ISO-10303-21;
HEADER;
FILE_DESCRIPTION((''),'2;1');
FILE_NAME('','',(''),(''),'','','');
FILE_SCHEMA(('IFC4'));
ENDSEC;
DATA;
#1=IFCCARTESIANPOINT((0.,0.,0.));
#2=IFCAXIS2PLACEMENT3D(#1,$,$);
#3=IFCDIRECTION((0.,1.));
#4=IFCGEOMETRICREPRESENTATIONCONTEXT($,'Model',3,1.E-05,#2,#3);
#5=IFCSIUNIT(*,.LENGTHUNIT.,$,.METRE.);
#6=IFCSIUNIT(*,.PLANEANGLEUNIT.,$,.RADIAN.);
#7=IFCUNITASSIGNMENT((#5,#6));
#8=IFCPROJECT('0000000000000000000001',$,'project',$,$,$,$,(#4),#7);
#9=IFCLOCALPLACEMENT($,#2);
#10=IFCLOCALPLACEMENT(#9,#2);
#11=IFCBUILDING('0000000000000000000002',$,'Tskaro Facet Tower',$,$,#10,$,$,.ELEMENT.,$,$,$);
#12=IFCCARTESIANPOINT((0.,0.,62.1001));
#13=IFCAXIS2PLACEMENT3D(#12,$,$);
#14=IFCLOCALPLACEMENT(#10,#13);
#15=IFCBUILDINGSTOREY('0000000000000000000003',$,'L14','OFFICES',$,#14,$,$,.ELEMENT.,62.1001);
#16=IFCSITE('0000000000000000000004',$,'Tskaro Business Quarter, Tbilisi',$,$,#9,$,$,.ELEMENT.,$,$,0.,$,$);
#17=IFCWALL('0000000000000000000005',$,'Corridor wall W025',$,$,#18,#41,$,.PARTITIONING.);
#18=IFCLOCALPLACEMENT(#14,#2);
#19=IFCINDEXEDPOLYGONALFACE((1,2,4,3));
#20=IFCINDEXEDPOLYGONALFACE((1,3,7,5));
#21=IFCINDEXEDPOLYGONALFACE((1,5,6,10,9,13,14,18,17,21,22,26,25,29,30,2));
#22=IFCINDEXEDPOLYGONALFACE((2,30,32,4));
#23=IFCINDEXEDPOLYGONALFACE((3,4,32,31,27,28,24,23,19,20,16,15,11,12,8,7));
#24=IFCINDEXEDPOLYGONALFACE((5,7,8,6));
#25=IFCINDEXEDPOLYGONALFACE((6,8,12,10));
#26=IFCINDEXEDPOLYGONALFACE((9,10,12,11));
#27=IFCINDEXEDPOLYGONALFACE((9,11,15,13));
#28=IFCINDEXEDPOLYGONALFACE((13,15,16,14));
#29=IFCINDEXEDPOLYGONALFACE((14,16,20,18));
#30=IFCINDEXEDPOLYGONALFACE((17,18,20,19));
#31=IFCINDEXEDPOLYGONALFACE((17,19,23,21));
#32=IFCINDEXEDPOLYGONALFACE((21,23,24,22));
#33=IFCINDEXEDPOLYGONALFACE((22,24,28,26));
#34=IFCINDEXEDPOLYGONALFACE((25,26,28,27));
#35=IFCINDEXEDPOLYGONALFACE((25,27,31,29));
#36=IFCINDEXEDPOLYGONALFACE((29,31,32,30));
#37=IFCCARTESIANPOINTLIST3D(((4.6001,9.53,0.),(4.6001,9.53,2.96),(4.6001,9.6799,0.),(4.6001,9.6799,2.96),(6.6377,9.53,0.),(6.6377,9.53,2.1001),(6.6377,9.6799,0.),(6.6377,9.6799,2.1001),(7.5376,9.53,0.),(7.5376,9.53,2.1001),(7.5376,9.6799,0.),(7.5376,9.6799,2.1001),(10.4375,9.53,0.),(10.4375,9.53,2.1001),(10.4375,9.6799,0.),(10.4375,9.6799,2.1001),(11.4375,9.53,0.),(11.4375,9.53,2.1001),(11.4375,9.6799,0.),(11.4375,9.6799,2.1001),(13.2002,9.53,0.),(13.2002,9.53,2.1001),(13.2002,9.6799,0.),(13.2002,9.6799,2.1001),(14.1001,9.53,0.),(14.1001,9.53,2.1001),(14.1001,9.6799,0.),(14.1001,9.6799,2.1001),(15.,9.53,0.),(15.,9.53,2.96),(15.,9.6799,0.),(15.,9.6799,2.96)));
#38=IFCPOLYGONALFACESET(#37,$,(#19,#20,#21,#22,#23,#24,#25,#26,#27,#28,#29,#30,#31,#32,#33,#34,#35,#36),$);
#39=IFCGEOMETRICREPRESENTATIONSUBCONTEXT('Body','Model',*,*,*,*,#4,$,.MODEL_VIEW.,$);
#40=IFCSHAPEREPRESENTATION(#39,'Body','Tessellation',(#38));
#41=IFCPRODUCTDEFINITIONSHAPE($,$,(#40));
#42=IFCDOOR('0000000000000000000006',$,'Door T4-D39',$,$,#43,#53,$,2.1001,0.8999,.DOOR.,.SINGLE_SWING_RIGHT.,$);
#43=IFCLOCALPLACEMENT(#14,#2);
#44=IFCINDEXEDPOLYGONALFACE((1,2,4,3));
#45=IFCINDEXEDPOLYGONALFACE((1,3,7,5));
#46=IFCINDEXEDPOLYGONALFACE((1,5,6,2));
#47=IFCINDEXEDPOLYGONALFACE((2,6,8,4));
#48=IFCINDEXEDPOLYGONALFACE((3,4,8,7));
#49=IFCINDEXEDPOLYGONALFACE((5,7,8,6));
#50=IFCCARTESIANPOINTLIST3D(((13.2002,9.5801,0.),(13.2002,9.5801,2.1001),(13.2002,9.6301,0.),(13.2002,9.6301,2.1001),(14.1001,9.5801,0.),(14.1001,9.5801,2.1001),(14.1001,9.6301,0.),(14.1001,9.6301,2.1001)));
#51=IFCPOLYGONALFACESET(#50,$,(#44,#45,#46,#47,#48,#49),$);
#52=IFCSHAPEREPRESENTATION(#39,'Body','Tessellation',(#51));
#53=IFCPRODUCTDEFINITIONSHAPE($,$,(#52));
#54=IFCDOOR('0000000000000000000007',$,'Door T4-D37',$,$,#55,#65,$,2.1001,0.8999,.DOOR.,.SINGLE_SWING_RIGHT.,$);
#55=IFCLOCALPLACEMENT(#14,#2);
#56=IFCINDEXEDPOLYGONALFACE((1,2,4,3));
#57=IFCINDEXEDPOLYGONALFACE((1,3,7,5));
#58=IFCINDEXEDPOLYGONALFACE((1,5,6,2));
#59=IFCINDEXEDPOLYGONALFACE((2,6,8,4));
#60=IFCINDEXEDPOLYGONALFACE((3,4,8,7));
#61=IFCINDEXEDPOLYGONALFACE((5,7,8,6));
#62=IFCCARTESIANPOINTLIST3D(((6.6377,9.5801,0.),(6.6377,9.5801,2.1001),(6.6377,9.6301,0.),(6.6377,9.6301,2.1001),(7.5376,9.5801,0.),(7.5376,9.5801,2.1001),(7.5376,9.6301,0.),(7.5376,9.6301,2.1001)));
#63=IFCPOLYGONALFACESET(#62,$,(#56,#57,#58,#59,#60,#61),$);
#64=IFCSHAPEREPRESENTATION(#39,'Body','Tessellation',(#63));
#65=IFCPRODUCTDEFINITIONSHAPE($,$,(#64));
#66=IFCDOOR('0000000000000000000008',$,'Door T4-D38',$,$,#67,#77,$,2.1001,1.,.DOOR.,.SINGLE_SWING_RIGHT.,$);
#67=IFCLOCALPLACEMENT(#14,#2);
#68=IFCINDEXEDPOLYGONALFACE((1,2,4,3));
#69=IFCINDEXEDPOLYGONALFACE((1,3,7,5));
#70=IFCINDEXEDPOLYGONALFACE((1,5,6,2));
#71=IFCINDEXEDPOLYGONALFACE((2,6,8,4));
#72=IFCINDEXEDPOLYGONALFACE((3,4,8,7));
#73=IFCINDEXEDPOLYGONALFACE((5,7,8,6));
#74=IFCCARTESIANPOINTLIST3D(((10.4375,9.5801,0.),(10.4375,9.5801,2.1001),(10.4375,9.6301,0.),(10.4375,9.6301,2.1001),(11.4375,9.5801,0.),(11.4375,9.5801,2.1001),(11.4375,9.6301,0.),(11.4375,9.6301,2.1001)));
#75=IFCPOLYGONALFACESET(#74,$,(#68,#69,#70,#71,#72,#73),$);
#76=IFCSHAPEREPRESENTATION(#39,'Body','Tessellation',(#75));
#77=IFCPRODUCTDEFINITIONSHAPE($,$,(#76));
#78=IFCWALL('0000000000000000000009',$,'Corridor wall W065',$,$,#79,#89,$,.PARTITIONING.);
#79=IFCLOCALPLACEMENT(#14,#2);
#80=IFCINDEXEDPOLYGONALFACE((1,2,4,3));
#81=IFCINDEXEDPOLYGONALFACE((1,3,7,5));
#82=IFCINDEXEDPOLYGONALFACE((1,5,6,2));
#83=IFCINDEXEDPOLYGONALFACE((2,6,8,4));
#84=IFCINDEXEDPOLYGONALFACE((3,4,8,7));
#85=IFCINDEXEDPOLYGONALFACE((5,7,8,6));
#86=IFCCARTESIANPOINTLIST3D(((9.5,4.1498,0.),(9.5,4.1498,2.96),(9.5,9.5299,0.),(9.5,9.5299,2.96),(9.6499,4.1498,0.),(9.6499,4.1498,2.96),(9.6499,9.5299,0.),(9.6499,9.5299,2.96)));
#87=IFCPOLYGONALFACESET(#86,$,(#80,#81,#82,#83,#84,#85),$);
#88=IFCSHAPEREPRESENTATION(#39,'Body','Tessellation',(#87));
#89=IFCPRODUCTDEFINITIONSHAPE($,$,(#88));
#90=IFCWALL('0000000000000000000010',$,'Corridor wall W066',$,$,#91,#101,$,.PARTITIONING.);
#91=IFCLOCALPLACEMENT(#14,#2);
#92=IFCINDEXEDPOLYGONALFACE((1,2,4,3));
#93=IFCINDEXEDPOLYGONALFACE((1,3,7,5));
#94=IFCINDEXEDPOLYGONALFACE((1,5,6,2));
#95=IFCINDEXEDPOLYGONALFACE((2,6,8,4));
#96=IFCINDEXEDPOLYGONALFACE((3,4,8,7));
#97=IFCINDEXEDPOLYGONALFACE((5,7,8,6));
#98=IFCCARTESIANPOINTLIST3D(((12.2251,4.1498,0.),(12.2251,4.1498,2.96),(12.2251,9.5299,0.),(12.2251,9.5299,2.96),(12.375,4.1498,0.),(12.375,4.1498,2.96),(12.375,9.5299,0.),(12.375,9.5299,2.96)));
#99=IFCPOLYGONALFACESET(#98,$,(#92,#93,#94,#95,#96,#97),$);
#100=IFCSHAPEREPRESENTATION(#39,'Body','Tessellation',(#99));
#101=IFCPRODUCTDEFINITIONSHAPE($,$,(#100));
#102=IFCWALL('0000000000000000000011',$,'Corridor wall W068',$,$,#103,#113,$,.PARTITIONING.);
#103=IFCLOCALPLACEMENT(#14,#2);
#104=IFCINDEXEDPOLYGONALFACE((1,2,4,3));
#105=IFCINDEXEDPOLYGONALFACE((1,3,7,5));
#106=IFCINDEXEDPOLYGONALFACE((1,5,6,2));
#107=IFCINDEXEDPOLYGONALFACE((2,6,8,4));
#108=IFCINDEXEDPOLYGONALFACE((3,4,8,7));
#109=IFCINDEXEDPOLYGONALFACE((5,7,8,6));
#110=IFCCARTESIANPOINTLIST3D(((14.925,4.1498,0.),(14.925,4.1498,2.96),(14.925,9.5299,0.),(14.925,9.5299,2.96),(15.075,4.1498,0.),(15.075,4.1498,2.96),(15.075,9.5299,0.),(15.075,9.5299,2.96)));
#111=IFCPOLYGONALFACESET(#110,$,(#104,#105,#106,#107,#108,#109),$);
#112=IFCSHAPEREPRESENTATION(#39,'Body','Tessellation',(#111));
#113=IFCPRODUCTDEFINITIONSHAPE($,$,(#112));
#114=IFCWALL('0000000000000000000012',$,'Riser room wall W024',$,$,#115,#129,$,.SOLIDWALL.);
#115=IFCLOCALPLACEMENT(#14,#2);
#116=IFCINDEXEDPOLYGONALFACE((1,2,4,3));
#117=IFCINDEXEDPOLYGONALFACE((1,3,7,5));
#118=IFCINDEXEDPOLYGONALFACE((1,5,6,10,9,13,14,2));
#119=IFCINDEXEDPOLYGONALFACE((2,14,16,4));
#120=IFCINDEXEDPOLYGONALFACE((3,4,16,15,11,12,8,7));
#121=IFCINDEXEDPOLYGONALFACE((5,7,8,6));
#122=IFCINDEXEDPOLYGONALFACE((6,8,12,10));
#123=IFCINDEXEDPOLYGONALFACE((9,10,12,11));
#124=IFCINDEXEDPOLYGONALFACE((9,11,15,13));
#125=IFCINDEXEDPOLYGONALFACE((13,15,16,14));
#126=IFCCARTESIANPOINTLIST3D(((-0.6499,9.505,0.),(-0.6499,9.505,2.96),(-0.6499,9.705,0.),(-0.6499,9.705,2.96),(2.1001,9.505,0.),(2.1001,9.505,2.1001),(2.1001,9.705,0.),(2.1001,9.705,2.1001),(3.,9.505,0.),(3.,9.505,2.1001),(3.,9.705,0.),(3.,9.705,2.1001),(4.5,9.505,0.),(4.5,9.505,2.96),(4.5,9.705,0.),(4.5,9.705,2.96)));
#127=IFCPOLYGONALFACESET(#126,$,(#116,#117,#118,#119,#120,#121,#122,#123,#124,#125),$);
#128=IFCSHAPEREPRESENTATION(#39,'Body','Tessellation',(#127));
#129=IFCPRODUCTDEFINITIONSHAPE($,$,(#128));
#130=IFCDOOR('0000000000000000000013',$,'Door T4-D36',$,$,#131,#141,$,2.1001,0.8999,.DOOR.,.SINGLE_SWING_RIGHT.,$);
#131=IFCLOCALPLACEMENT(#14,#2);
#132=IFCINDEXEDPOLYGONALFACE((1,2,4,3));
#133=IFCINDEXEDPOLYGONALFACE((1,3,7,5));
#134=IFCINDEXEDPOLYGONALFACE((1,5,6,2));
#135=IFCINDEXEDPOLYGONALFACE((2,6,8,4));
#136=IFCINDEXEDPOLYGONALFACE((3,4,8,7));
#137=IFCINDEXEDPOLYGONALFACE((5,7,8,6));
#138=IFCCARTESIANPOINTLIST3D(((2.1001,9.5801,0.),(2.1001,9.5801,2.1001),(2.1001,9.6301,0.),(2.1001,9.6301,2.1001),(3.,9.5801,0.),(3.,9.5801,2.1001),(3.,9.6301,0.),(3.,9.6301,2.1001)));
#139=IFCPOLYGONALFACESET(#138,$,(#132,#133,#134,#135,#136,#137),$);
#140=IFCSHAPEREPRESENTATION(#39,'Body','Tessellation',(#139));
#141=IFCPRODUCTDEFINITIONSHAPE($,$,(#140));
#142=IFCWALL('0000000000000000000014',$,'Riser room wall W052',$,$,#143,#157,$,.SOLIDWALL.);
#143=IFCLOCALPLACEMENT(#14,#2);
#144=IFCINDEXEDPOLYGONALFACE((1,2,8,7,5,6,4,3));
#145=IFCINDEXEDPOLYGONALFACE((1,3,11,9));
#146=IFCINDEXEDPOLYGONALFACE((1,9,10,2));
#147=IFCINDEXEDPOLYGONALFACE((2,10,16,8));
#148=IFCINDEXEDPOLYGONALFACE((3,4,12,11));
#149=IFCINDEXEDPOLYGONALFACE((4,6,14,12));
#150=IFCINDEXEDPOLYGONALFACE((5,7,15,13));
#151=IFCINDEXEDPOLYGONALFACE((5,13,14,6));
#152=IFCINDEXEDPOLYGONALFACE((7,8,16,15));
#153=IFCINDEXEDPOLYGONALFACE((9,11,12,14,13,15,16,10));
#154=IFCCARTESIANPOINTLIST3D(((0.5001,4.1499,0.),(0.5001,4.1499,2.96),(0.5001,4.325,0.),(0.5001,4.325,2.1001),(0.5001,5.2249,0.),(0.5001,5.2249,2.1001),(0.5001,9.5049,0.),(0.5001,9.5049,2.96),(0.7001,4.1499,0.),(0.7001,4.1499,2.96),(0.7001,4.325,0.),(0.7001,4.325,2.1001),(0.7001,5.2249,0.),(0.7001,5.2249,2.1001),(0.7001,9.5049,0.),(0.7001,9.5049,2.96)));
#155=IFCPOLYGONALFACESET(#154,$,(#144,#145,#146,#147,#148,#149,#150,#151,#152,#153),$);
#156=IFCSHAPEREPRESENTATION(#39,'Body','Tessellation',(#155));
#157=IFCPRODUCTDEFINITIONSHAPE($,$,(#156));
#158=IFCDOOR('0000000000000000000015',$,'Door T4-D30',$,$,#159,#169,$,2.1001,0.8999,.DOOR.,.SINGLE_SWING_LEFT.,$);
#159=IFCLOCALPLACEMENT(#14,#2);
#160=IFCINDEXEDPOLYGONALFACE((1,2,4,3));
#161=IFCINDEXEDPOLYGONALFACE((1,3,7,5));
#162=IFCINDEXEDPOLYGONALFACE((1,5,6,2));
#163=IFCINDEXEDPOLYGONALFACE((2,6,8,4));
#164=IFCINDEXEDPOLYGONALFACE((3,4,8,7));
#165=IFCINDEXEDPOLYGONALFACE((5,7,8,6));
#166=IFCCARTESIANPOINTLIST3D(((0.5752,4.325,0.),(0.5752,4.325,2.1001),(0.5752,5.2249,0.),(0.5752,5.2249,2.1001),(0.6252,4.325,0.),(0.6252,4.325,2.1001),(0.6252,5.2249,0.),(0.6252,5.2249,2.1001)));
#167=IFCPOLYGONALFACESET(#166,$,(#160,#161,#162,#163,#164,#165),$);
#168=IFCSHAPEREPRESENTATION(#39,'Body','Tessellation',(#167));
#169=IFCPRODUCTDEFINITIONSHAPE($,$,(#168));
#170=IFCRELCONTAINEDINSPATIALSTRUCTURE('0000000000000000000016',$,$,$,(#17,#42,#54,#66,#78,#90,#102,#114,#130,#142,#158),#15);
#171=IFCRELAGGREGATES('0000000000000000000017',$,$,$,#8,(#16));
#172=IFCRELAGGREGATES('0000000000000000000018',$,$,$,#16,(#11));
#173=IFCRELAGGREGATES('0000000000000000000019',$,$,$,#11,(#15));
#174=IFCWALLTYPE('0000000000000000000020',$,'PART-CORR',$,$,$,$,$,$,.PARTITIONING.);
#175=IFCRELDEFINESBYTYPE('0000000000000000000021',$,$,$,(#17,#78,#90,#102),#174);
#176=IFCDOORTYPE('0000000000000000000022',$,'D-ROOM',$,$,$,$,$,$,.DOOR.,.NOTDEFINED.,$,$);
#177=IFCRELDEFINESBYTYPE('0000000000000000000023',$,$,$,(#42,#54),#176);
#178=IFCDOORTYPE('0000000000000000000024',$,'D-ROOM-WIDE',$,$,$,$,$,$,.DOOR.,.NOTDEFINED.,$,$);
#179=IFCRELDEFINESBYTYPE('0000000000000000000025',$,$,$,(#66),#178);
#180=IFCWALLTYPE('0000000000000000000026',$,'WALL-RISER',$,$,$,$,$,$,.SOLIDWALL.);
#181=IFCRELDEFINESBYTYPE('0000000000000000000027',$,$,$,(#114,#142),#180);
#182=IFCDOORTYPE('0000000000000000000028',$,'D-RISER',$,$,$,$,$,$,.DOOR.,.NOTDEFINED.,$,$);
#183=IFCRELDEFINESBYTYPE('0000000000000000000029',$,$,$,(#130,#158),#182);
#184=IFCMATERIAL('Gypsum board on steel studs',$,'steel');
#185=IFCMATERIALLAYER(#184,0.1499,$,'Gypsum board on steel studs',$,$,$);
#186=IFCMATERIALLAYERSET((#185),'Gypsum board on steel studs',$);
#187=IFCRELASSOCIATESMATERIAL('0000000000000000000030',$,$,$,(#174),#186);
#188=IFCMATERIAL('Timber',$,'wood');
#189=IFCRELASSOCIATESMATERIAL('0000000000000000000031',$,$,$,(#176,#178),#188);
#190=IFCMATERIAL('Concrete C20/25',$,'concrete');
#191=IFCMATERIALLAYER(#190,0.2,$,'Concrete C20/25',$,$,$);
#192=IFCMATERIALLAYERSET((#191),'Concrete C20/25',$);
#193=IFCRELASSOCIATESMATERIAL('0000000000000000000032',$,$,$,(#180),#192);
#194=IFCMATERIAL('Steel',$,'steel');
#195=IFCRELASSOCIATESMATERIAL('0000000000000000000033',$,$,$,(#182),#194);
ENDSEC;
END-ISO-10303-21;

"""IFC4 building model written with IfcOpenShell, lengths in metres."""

from ifc_helpers import new_model, si_unit, direction, frame, frame_2d, origin, place, context, subcontext, project, spatial, rectangle, extrude, material, layer, layer_set, type_object, element, fill, save


model = new_model("IFC4")

# Units and contexts
model_context = context("Model", 3, precision=1e-05, world=origin(), true_north=direction((0.0, 1.0)))
body_context = subcontext(model_context, "Body", "Model", "MODEL_VIEW")
ifc_project = project(units=[si_unit("LENGTHUNIT", "METRE"), si_unit("PLANEANGLEUNIT", "RADIAN")], contexts=[model_context])

# Site, building, storey
site_placement = place(None, origin())
site = spatial("IfcSite", under=ifc_project, at=site_placement, Name="Tskaro Business Quarter, Tbilisi", CompositionType="ELEMENT", RefElevation=0.0)
building_placement = place(site_placement, origin())
building = spatial("IfcBuilding", under=site, at=building_placement, Name="Tskaro Facet Tower", CompositionType="ELEMENT")
storey_placement = place(building_placement, frame((0.0, 0.0, 62.1001)))
storey = spatial("IfcBuildingStorey", under=building, at=storey_placement, Name="L14", Description="OFFICES", CompositionType="ELEMENT", Elevation=62.1001)

# Shared definitions
ifc_material_1 = material(Name="Concrete C20/25", Category="concrete")

# Wall, openings, doors
ifc_material_2 = material(Name="Gypsum board on steel studs", Category="steel")
ifc_layer_1 = layer(ifc_material_2, 0.1499, Name="Gypsum board on steel studs")
ifc_layer_set_1 = layer_set([ifc_layer_1], Name="Gypsum board on steel studs")
wall_type_1 = type_object("IfcWallType", Name="PART-CORR", PredefinedType="PARTITIONING", material=ifc_layer_set_1)
wall_1_placement = place(storey_placement, frame((15.0, 9.605, 0.0), z_axis=(0.0, 0.0, 1.0), x_axis=(-1.0, 0.0, 0.0)))
wall_1 = element("IfcWall", 1, at=wall_1_placement, inside=storey, type_object=wall_type_1, Name="Corridor wall W025", PredefinedType="PARTITIONING", context=body_context, shape_type="SweptSolid", body=[
    extrude(rectangle(XDim=10.3999, YDim=0.1499, at=frame_2d((5.2, 0.0))), origin(), (0.0, 0.0, 1.0), 2.96),
])
opening_1_placement = place(wall_1_placement, frame((0.8999, 0.0, 0.0)))
opening_1 = element("IfcOpeningElement", 2, at=opening_1_placement, cuts=wall_1, PredefinedType="OPENING", context=body_context, shape_type="SweptSolid", body=[
    extrude(rectangle(XDim=0.8999, YDim=2.1001, at=frame_2d((0.45, 1.05))), frame((0.0, 0.085, 0.0), z_axis=(0.0, -1.0, 0.0), x_axis=(1.0, 0.0, 0.0)), (0.0, 0.0, 1.0), 0.1699),
])
opening_2_placement = place(wall_1_placement, frame((7.4624, 0.0, 0.0)))
opening_2 = element("IfcOpeningElement", 3, at=opening_2_placement, cuts=wall_1, PredefinedType="OPENING", context=body_context, shape_type="SweptSolid", body=[
    extrude(rectangle(XDim=0.8999, YDim=2.1001, at=frame_2d((0.45, 1.05))), frame((0.0, 0.085, 0.0), z_axis=(0.0, -1.0, 0.0), x_axis=(1.0, 0.0, 0.0)), (0.0, 0.0, 1.0), 0.1699),
])
opening_3_placement = place(wall_1_placement, frame((3.5625, 0.0, 0.0)))
opening_3 = element("IfcOpeningElement", 4, at=opening_3_placement, cuts=wall_1, PredefinedType="OPENING", context=body_context, shape_type="SweptSolid", body=[
    extrude(rectangle(XDim=1.0, YDim=2.1001, at=frame_2d((0.5, 1.05))), frame((0.0, 0.085, 0.0), z_axis=(0.0, -1.0, 0.0), x_axis=(1.0, 0.0, 0.0)), (0.0, 0.0, 1.0), 0.1699),
])
ifc_material_3 = material(Name="Timber", Category="wood")
door_type_1 = type_object("IfcDoorType", Name="D-ROOM", OperationType="NOTDEFINED", PredefinedType="DOOR", material=ifc_material_3)
door_1_placement = place(opening_1_placement, origin())
door_1 = element("IfcDoor", 5, at=door_1_placement, inside=storey, type_object=door_type_1, Name="Door T4-D39", OperationType="SINGLE_SWING_RIGHT", OverallHeight=2.1001, OverallWidth=0.8999, PredefinedType="DOOR", context=body_context, shape_type="SweptSolid", body=[
    extrude(rectangle(XDim=0.8999, YDim=2.1001, at=frame_2d((0.45, 1.05))), frame((0.0, 0.0249, 0.0), z_axis=(0.0, -1.0, 0.0), x_axis=(1.0, 0.0, 0.0)), (0.0, 0.0, 1.0), 0.05),
])
fill(opening_1, door_1)
door_2_placement = place(opening_2_placement, origin())
door_2 = element("IfcDoor", 6, at=door_2_placement, inside=storey, type_object=door_type_1, Name="Door T4-D37", OperationType="SINGLE_SWING_RIGHT", OverallHeight=2.1001, OverallWidth=0.8999, PredefinedType="DOOR", context=body_context, shape_type="SweptSolid", body=[
    extrude(rectangle(XDim=0.8999, YDim=2.1001, at=frame_2d((0.45, 1.05))), frame((0.0, 0.0249, 0.0), z_axis=(0.0, -1.0, 0.0), x_axis=(1.0, 0.0, 0.0)), (0.0, 0.0, 1.0), 0.05),
])
fill(opening_2, door_2)
door_type_2 = type_object("IfcDoorType", Name="D-ROOM-WIDE", OperationType="NOTDEFINED", PredefinedType="DOOR", material=ifc_material_3)
door_3_placement = place(opening_3_placement, origin())
door_3 = element("IfcDoor", 7, at=door_3_placement, inside=storey, type_object=door_type_2, Name="Door T4-D38", OperationType="SINGLE_SWING_RIGHT", OverallHeight=2.1001, OverallWidth=1.0, PredefinedType="DOOR", context=body_context, shape_type="SweptSolid", body=[
    extrude(rectangle(XDim=1.0, YDim=2.1001, at=frame_2d((0.5, 1.05))), frame((0.0, 0.0249, 0.0), z_axis=(0.0, -1.0, 0.0), x_axis=(1.0, 0.0, 0.0)), (0.0, 0.0, 1.0), 0.05),
])
fill(opening_3, door_3)

# Walls
for number, where, z_axis, x_axis, name in (
    (8, (9.575, 4.1499, 0.0), (0.0, 0.0, 1.0), (0.0, 1.0, 0.0), "Corridor wall W065"),
    (9, (12.3, 4.1499, 0.0), (0.0, 0.0, 1.0), (0.0, 1.0, 0.0), "Corridor wall W066"),
    (10, (15.0, 4.1499, 0.0), (0.0, 0.0, 1.0), (0.0, 1.0, 0.0), "Corridor wall W068"),
):
    element("IfcWall", number, at=place(storey_placement, frame(where, z_axis=z_axis, x_axis=x_axis)), inside=storey, type_object=wall_type_1, Name=name, PredefinedType="PARTITIONING", context=body_context, shape_type="SweptSolid", body=[
        extrude(rectangle(XDim=5.3801, YDim=0.1499, at=frame_2d((2.6899, 0.0))), origin(), (0.0, 0.0, 1.0), 2.96),
    ])

# Walls, openings, doors
ifc_layer_2 = layer(ifc_material_1, 0.2, Name="Concrete C20/25")
ifc_layer_set_2 = layer_set([ifc_layer_2], Name="Concrete C20/25")
wall_type_2 = type_object("IfcWallType", Name="WALL-RISER", PredefinedType="SOLIDWALL", material=ifc_layer_set_2)
wall_2_placement = place(storey_placement, frame((4.5, 9.605, 0.0), z_axis=(0.0, 0.0, 1.0), x_axis=(-1.0, 0.0, 0.0)))
wall_2 = element("IfcWall", 11, at=wall_2_placement, inside=storey, type_object=wall_type_2, Name="Riser room wall W024", PredefinedType="SOLIDWALL", context=body_context, shape_type="SweptSolid", body=[
    extrude(rectangle(XDim=5.1499, YDim=0.2, at=frame_2d((2.575, 0.0))), origin(), (0.0, 0.0, 1.0), 2.96),
])
opening_4_placement = place(wall_2_placement, frame((1.5, 0.0, 0.0)))
opening_4 = element("IfcOpeningElement", 12, at=opening_4_placement, cuts=wall_2, PredefinedType="OPENING", context=body_context, shape_type="SweptSolid", body=[
    extrude(rectangle(XDim=0.8999, YDim=2.1001, at=frame_2d((0.45, 1.05))), frame((0.0, 0.1099, 0.0), z_axis=(0.0, -1.0, 0.0), x_axis=(1.0, 0.0, 0.0)), (0.0, 0.0, 1.0), 0.22),
])
ifc_material_4 = material(Name="Steel", Category="steel")
door_type_3 = type_object("IfcDoorType", Name="D-RISER", OperationType="NOTDEFINED", PredefinedType="DOOR", material=ifc_material_4)
door_4_placement = place(opening_4_placement, origin())
door_4 = element("IfcDoor", 13, at=door_4_placement, inside=storey, type_object=door_type_3, Name="Door T4-D36", OperationType="SINGLE_SWING_RIGHT", OverallHeight=2.1001, OverallWidth=0.8999, PredefinedType="DOOR", context=body_context, shape_type="SweptSolid", body=[
    extrude(rectangle(XDim=0.8999, YDim=2.1001, at=frame_2d((0.45, 1.05))), frame((0.0, 0.0249, 0.0), z_axis=(0.0, -1.0, 0.0), x_axis=(1.0, 0.0, 0.0)), (0.0, 0.0, 1.0), 0.05),
])
fill(opening_4, door_4)
wall_3_placement = place(storey_placement, frame((0.6001, 4.1499, 0.0), z_axis=(0.0, 0.0, 1.0), x_axis=(0.0, 1.0, 0.0)))
wall_3 = element("IfcWall", 14, at=wall_3_placement, inside=storey, type_object=wall_type_2, Name="Riser room wall W052", PredefinedType="SOLIDWALL", context=body_context, shape_type="SweptSolid", body=[
    extrude(rectangle(XDim=5.355, YDim=0.2, at=frame_2d((2.6775, 0.0))), origin(), (0.0, 0.0, 1.0), 2.96),
])
opening_5_placement = place(wall_3_placement, frame((0.175, 0.0, 0.0)))
opening_5 = element("IfcOpeningElement", 15, at=opening_5_placement, cuts=wall_3, PredefinedType="OPENING", context=body_context, shape_type="SweptSolid", body=[
    extrude(rectangle(XDim=0.8999, YDim=2.1001, at=frame_2d((0.45, 1.05))), frame((0.0, 0.1099, 0.0), z_axis=(0.0, -1.0, 0.0), x_axis=(1.0, 0.0, 0.0)), (0.0, 0.0, 1.0), 0.22),
])
door_5_placement = place(opening_5_placement, origin())
door_5 = element("IfcDoor", 16, at=door_5_placement, inside=storey, type_object=door_type_3, Name="Door T4-D30", OperationType="SINGLE_SWING_LEFT", OverallHeight=2.1001, OverallWidth=0.8999, PredefinedType="DOOR", context=body_context, shape_type="SweptSolid", body=[
    extrude(rectangle(XDim=0.8999, YDim=2.1001, at=frame_2d((0.45, 1.05))), frame((0.0, 0.0249, 0.0), z_axis=(0.0, -1.0, 0.0), x_axis=(1.0, 0.0, 0.0)), (0.0, 0.0, 1.0), 0.05),
])
fill(opening_5, door_5)

save(model, "model.ifc")
